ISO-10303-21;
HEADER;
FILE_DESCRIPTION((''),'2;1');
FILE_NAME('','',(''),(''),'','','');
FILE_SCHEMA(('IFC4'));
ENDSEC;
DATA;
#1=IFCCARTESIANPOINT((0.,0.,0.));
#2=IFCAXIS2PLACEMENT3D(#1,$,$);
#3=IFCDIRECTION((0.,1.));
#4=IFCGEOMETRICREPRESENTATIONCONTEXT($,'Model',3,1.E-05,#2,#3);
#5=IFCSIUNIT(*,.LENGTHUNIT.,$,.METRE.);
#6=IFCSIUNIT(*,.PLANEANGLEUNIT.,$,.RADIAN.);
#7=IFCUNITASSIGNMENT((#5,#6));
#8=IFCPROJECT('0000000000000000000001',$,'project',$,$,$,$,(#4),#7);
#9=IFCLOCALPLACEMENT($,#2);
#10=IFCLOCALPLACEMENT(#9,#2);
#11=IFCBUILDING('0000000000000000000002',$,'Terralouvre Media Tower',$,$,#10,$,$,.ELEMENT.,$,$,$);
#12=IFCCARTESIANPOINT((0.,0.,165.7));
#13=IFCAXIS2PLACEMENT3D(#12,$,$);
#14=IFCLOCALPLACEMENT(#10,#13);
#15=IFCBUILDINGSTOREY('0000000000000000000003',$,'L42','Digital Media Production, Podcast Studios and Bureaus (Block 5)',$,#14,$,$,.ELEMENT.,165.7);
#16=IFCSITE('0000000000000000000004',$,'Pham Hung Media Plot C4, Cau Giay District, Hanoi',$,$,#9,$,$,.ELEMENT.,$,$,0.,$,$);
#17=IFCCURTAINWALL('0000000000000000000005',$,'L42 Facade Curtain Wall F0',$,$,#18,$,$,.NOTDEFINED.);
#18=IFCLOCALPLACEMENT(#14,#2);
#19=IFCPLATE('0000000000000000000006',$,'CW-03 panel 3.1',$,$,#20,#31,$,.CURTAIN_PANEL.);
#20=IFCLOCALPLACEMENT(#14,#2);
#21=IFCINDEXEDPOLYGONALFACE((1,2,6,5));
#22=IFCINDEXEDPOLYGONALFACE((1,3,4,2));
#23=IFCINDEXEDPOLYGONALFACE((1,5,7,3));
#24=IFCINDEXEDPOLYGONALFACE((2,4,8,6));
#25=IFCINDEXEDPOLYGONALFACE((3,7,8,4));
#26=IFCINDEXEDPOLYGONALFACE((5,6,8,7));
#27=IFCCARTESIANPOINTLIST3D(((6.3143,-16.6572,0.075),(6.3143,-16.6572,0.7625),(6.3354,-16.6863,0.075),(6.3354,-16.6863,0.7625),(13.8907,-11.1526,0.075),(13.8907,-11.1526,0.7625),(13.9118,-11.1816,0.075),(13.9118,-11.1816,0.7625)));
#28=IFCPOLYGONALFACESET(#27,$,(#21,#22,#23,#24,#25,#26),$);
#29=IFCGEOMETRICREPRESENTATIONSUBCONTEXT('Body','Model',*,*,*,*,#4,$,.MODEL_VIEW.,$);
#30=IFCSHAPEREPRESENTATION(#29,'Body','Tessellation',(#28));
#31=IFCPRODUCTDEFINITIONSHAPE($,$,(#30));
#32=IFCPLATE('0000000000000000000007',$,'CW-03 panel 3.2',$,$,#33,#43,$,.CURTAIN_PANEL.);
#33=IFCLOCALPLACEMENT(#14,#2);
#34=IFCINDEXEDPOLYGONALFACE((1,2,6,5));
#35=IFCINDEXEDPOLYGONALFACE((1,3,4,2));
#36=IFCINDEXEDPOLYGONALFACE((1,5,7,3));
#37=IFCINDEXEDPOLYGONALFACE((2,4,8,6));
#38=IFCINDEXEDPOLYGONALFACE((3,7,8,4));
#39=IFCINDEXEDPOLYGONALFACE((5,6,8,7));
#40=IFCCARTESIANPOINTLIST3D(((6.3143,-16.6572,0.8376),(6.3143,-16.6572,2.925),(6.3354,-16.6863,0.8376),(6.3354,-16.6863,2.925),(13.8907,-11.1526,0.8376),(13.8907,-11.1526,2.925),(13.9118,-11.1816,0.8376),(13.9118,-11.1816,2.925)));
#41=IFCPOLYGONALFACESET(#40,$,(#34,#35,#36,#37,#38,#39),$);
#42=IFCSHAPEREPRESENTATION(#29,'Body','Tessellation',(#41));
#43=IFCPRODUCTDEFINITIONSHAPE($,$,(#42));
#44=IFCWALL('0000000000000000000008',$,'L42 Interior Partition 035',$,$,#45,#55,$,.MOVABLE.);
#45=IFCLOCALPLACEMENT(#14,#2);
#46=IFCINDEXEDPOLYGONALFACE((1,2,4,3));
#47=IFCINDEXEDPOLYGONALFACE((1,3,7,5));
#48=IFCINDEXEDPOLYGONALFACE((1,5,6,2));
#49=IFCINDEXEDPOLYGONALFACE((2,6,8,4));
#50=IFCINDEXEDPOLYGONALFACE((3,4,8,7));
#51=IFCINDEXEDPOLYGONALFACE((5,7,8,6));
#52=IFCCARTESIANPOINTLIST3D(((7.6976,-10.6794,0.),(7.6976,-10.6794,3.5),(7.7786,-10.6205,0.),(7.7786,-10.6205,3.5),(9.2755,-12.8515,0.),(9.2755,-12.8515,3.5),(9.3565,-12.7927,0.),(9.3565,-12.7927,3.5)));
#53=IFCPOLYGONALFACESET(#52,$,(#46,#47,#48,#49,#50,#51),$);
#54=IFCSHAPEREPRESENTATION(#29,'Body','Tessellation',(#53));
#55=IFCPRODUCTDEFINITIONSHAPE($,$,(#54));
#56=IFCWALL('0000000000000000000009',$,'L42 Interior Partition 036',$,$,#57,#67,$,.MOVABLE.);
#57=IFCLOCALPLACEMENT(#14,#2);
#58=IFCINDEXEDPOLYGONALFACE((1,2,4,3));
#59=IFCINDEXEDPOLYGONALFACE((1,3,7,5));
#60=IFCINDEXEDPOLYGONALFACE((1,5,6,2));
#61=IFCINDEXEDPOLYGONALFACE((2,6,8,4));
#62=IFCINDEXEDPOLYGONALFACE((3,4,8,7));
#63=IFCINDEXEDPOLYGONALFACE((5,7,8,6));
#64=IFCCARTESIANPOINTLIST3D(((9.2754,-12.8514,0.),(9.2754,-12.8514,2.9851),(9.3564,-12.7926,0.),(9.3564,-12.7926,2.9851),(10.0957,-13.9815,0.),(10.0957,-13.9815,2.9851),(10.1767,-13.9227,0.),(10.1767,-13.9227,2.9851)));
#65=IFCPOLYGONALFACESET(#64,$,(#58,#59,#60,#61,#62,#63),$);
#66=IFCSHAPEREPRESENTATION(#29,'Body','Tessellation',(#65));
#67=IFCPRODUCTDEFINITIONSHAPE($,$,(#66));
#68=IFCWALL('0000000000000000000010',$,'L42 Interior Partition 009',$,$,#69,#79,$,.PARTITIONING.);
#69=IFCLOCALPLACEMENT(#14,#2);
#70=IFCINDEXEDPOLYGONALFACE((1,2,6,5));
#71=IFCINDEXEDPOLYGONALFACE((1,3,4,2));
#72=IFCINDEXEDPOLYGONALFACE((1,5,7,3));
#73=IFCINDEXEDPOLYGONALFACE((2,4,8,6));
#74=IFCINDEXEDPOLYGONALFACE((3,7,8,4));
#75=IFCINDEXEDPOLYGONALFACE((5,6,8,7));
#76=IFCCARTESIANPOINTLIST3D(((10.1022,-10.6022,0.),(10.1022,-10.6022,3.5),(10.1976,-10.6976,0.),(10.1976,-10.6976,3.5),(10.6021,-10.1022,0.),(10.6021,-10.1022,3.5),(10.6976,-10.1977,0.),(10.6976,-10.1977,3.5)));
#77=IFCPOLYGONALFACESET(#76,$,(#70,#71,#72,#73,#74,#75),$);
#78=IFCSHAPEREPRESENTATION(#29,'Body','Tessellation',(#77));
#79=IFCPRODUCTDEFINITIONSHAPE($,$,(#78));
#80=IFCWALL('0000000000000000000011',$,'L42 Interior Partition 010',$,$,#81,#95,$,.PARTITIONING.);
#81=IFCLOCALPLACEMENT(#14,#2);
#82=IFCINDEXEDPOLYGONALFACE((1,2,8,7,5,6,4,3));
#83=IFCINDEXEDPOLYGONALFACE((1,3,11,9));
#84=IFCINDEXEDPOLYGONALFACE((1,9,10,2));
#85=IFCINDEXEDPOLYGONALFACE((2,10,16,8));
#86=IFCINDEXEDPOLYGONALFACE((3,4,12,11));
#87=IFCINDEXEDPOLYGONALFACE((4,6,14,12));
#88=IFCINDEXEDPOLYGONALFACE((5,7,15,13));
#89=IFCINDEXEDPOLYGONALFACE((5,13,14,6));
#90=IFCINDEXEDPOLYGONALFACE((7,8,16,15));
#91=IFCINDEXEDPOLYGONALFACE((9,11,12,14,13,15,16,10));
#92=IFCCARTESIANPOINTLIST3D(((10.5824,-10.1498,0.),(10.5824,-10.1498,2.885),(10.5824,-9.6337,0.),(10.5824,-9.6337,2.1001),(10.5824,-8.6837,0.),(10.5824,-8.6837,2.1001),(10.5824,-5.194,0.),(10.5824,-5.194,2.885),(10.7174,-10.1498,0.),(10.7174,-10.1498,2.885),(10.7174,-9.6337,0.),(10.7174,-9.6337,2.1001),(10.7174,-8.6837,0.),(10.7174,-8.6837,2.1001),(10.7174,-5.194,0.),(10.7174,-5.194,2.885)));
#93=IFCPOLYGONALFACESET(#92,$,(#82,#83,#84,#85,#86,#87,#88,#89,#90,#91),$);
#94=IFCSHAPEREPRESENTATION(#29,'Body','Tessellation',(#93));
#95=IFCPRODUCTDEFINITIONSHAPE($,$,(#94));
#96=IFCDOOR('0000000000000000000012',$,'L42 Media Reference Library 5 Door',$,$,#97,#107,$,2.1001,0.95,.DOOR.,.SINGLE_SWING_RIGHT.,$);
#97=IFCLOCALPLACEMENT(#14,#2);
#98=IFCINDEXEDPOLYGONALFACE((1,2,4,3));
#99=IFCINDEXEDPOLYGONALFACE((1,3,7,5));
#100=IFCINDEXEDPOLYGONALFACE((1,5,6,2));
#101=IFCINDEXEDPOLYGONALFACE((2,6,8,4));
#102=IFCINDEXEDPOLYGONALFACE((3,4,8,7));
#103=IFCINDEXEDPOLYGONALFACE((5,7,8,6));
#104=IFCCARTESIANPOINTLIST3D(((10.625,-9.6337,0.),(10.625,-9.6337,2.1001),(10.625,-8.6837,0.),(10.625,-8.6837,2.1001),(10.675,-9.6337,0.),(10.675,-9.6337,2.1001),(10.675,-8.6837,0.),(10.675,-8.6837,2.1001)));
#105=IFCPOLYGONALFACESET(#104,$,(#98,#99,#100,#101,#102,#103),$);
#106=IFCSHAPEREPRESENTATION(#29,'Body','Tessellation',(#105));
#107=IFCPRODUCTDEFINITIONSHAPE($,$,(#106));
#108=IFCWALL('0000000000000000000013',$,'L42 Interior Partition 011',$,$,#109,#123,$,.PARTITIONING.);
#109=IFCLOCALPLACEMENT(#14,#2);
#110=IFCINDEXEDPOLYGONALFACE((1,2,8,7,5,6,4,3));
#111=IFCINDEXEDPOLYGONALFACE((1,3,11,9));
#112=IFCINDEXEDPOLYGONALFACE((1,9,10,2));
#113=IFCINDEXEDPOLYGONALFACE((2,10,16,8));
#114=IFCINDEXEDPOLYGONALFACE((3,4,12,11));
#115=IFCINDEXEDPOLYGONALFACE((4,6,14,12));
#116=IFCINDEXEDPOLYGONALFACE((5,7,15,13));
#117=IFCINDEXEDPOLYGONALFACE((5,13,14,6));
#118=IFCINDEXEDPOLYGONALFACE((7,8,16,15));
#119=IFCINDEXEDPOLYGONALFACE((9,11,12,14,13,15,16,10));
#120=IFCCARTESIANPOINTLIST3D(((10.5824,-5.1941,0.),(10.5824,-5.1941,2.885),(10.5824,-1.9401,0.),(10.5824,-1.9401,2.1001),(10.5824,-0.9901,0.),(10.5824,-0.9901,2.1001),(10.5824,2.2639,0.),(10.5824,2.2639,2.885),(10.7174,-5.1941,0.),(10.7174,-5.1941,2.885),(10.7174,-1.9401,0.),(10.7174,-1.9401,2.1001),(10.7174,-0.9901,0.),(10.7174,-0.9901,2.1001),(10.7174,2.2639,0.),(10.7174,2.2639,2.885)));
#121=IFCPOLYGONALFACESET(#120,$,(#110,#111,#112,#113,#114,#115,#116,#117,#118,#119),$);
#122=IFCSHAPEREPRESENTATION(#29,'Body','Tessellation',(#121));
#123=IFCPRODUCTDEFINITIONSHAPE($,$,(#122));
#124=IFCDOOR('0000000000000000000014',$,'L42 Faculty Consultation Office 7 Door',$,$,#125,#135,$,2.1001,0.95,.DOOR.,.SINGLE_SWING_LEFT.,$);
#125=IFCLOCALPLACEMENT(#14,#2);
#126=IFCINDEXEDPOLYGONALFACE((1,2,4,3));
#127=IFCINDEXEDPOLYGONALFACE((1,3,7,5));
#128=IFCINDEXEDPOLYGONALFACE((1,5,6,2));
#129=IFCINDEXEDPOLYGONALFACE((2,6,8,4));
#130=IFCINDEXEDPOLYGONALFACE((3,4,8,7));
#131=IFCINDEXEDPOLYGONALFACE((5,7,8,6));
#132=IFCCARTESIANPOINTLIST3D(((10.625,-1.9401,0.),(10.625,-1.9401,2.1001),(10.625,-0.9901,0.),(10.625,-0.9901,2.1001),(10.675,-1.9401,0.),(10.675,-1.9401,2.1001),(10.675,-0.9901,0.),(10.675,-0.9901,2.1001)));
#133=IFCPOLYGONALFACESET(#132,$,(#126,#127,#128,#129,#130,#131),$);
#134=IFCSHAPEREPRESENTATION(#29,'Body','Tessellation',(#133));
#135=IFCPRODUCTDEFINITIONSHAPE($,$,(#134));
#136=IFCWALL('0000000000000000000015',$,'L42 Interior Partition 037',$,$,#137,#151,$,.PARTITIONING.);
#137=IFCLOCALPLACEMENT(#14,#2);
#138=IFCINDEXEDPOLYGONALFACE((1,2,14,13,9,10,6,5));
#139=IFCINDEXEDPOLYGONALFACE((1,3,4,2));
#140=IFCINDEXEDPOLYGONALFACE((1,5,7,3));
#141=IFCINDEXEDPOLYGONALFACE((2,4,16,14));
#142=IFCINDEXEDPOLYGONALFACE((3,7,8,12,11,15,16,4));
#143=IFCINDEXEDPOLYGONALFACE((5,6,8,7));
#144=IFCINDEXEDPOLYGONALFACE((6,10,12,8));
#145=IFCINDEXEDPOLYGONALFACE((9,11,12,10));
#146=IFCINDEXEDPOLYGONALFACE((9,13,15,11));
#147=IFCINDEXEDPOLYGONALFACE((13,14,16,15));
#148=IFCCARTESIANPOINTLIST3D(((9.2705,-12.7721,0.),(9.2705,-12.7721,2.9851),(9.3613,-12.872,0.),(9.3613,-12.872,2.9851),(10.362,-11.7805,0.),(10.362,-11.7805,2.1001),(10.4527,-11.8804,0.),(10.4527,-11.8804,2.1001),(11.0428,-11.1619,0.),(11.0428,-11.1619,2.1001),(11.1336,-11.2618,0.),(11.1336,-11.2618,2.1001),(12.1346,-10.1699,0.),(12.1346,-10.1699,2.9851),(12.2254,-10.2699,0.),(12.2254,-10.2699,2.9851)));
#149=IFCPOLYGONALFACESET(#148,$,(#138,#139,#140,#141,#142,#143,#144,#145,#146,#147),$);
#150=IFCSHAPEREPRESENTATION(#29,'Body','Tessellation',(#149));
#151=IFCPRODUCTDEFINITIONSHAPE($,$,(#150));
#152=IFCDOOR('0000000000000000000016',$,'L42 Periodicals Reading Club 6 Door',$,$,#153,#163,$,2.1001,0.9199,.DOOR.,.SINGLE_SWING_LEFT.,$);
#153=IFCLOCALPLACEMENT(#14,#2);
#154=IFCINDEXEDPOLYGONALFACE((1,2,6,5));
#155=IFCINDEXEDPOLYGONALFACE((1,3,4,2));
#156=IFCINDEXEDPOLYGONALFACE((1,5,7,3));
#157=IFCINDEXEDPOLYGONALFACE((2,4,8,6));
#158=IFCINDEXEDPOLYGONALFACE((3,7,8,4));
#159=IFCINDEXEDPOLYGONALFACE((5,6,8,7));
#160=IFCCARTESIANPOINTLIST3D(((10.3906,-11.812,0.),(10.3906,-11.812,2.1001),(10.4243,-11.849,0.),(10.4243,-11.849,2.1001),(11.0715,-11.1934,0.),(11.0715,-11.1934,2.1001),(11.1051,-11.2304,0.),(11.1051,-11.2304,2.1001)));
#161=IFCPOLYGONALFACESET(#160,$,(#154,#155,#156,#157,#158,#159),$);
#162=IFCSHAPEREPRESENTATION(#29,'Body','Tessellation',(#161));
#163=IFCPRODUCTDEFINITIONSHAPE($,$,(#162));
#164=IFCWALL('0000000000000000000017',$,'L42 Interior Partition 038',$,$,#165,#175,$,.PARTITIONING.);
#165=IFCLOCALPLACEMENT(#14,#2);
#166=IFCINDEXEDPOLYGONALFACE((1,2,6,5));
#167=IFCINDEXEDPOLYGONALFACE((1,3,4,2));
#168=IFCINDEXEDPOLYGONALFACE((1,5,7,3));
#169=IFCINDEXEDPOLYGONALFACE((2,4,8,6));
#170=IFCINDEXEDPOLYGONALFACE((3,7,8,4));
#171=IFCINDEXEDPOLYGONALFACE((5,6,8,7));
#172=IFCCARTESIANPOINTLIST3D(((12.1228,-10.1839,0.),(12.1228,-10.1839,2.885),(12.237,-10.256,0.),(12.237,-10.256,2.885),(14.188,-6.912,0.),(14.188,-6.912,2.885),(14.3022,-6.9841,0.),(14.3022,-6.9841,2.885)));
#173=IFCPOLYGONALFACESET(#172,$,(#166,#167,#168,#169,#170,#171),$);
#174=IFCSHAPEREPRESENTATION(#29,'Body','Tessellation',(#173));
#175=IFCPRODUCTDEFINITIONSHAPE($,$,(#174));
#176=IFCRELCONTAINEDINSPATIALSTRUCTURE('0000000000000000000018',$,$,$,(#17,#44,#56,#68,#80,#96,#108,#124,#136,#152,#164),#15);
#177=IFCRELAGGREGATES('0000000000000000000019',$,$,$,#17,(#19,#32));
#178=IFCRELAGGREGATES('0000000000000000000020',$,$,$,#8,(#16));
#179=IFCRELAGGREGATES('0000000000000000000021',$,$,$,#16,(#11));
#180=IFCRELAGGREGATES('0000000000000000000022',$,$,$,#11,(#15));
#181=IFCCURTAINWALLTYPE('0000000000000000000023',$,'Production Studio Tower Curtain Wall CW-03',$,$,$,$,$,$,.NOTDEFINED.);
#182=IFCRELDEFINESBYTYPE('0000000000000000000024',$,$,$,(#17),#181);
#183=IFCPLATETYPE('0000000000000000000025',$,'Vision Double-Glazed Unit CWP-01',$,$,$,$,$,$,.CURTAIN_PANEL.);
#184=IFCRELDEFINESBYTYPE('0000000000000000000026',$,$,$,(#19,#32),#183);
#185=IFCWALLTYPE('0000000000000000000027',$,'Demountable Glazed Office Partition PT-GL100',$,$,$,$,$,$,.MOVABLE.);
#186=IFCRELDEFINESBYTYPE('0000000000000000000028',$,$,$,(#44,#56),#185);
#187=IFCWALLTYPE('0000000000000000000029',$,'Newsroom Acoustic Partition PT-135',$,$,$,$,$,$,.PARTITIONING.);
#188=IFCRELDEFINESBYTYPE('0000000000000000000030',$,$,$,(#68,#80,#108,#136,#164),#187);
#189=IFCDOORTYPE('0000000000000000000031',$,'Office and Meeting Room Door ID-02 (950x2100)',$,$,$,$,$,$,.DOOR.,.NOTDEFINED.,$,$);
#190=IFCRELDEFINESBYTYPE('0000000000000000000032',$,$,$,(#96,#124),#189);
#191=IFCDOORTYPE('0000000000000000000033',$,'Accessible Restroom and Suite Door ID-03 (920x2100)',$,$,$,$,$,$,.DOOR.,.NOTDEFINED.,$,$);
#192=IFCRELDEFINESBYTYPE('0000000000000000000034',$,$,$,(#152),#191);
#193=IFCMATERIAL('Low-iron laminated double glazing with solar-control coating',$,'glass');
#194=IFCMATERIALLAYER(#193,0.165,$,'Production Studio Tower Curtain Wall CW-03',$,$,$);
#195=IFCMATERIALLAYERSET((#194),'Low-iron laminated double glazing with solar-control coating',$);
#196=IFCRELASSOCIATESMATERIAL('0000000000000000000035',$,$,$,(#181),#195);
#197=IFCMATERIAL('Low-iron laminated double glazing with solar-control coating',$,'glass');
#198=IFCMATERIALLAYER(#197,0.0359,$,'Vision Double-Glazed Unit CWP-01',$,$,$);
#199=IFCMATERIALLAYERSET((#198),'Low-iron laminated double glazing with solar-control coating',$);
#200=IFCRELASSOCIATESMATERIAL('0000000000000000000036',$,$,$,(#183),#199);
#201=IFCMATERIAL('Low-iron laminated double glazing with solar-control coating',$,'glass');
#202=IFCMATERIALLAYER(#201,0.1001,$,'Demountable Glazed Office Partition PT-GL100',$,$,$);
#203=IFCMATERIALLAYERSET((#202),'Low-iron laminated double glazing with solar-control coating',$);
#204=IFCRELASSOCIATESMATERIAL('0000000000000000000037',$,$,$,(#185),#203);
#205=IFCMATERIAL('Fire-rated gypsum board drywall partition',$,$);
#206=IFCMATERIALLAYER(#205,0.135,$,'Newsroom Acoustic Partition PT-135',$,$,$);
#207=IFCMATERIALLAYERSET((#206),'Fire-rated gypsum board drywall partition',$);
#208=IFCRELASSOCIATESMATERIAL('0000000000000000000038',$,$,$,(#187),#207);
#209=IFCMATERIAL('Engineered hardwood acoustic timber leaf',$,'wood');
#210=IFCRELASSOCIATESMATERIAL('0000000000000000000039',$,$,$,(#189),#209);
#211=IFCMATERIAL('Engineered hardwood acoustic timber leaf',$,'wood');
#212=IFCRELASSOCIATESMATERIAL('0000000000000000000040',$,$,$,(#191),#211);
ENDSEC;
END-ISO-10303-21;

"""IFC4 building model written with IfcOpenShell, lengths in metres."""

from ifc_helpers import new_model, si_unit, direction, frame, frame_2d, origin, origin_2d, place, context, subcontext, project, spatial, rectangle, extrude, material, layer, layer_set, type_object, element, fill, aggregate, save


model = new_model("IFC4")

# Units and contexts
model_context = context("Model", 3, precision=1e-05, world=origin(), true_north=direction((0.0, 1.0)))
body_context = subcontext(model_context, "Body", "Model", "MODEL_VIEW")
ifc_project = project(units=[si_unit("LENGTHUNIT", "METRE"), si_unit("PLANEANGLEUNIT", "RADIAN")], contexts=[model_context])

# Site, building, storey
site_placement = place(None, origin())
site = spatial("IfcSite", under=ifc_project, at=site_placement, Name="Pham Hung Media Plot C4, Cau Giay District, Hanoi", CompositionType="ELEMENT", RefElevation=0.0)
building_placement = place(site_placement, origin())
building = spatial("IfcBuilding", under=site, at=building_placement, Name="Terralouvre Media Tower", CompositionType="ELEMENT")
storey_placement = place(building_placement, frame((0.0, 0.0, 165.7)))
storey = spatial("IfcBuildingStorey", under=building, at=storey_placement, Name="L42", Description="Digital Media Production, Podcast Studios and Bureaus (Block 5)", CompositionType="ELEMENT", Elevation=165.7)

# Curtain wall
ifc_material_1 = material(Name="Low-iron laminated double glazing with solar-control coating", Category="glass")
ifc_layer_1 = layer(ifc_material_1, 0.165, Name="Production Studio Tower Curtain Wall CW-03")
ifc_layer_set_1 = layer_set([ifc_layer_1], Name="Low-iron laminated double glazing with solar-control coating")
curtain_wall_type = type_object("IfcCurtainWallType", Name="Production Studio Tower Curtain Wall CW-03", PredefinedType="NOTDEFINED", material=ifc_layer_set_1)
curtain_wall_placement = place(storey_placement, origin())
curtain_wall = element("IfcCurtainWall", 1, at=curtain_wall_placement, inside=storey, type_object=curtain_wall_type, Name="L42 Facade Curtain Wall F0", PredefinedType="NOTDEFINED")

# Plates
ifc_material_2 = material(Name="Low-iron laminated double glazing with solar-control coating", Category="glass")
ifc_layer_2 = layer(ifc_material_2, 0.0359, Name="Vision Double-Glazed Unit CWP-01")
ifc_layer_set_2 = layer_set([ifc_layer_2], Name="Low-iron laminated double glazing with solar-control coating")
plate_type = type_object("IfcPlateType", Name="Vision Double-Glazed Unit CWP-01", PredefinedType="CURTAIN_PANEL", material=ifc_layer_set_2)
plate_1_placement = place(storey_placement, frame((10.113, -13.9194, 0.075), z_axis=(0.0, 0.0, 1.0), x_axis=(0.809017, 0.587785, 0.0)))
plate_1 = element("IfcPlate", 2, at=plate_1_placement, type_object=plate_type, Name="CW-03 panel 3.1", PredefinedType="CURTAIN_PANEL", context=body_context, shape_type="SweptSolid", body=[
    extrude(rectangle(XDim=9.365, YDim=0.0359, at=origin_2d()), origin(), (0.0, 0.0, 1.0), 0.6875),
])
plate_2_placement = place(storey_placement, frame((10.113, -13.9194, 0.8376), z_axis=(0.0, 0.0, 1.0), x_axis=(0.809017, 0.587785, 0.0)))
plate_2 = element("IfcPlate", 3, at=plate_2_placement, type_object=plate_type, Name="CW-03 panel 3.2", PredefinedType="CURTAIN_PANEL", context=body_context, shape_type="SweptSolid", body=[
    extrude(rectangle(XDim=9.365, YDim=0.0359, at=origin_2d()), origin(), (0.0, 0.0, 1.0), 2.0874),
])
aggregate(curtain_wall, [plate_1, plate_2])

# Walls
ifc_material_3 = material(Name="Low-iron laminated double glazing with solar-control coating", Category="glass")
ifc_layer_3 = layer(ifc_material_3, 0.1001, Name="Demountable Glazed Office Partition PT-GL100")
ifc_layer_set_3 = layer_set([ifc_layer_3], Name="Low-iron laminated double glazing with solar-control coating")
wall_type_1 = type_object("IfcWallType", Name="Demountable Glazed Office Partition PT-GL100", PredefinedType="MOVABLE", material=ifc_layer_set_3)
wall_1_placement = place(storey_placement, frame((9.3159, -12.822, 0.0), z_axis=(0.0, 0.0, 1.0), x_axis=(-0.587723, 0.809062, 0.0)))
element("IfcWall", 4, at=wall_1_placement, inside=storey, type_object=wall_type_1, Name="L42 Interior Partition 035", PredefinedType="MOVABLE", context=body_context, shape_type="SweptSolid", body=[
    extrude(rectangle(XDim=2.6848, YDim=0.1001, at=frame_2d((1.3423, 0.0))), origin(), (0.0, 0.0, 1.0), 3.5),
])
wall_2_placement = place(storey_placement, frame((10.1362, -13.9521, 0.0), z_axis=(0.0, 0.0, 1.0), x_axis=(-0.587423, 0.80928, 0.0)))
element("IfcWall", 5, at=wall_2_placement, inside=storey, type_object=wall_type_1, Name="L42 Interior Partition 036", PredefinedType="MOVABLE", context=body_context, shape_type="SweptSolid", body=[
    extrude(rectangle(XDim=1.3965, YDim=0.1001, at=frame_2d((0.6982, 0.0))), origin(), (0.0, 0.0, 1.0), 2.9851),
])
ifc_material_4 = material(Name="Fire-rated gypsum board drywall partition")
ifc_layer_4 = layer(ifc_material_4, 0.135, Name="Newsroom Acoustic Partition PT-135")
ifc_layer_set_4 = layer_set([ifc_layer_4], Name="Fire-rated gypsum board drywall partition")
wall_type_2 = type_object("IfcWallType", Name="Newsroom Acoustic Partition PT-135", PredefinedType="PARTITIONING", material=ifc_layer_set_4)
wall_3_placement = place(storey_placement, frame((10.1499, -10.6499, 0.0), z_axis=(0.0, 0.0, 1.0), x_axis=(0.707107, 0.707107, 0.0)))
element("IfcWall", 6, at=wall_3_placement, inside=storey, type_object=wall_type_2, Name="L42 Interior Partition 009", PredefinedType="PARTITIONING", context=body_context, shape_type="SweptSolid", body=[
    extrude(rectangle(XDim=0.707, YDim=0.135, at=frame_2d((0.3535, 0.0))), origin(), (0.0, 0.0, 1.0), 3.5),
])

# Walls, openings, doors
wall_4_placement = place(storey_placement, frame((10.6499, -10.1499, 0.0), z_axis=(0.0, 0.0, 1.0), x_axis=(0.0, 1.0, 0.0)))
wall_4 = element("IfcWall", 7, at=wall_4_placement, inside=storey, type_object=wall_type_2, Name="L42 Interior Partition 010", PredefinedType="PARTITIONING", context=body_context, shape_type="SweptSolid", body=[
    extrude(rectangle(XDim=4.9558, YDim=0.135, at=frame_2d((2.478, 0.0))), origin(), (0.0, 0.0, 1.0), 2.885),
])
opening_1_placement = place(wall_4_placement, frame((0.5161, 0.0, 0.0)))
opening_1 = element("IfcOpeningElement", 8, at=opening_1_placement, cuts=wall_4, PredefinedType="OPENING", context=body_context, shape_type="SweptSolid", body=[
    extrude(rectangle(XDim=0.95, YDim=2.1001, at=frame_2d((0.4751, 1.05))), frame((0.0, 0.0774, 0.0), z_axis=(0.0, -1.0, 0.0), x_axis=(1.0, 0.0, 0.0)), (0.0, 0.0, 1.0), 0.155),
])
ifc_material_5 = material(Name="Engineered hardwood acoustic timber leaf", Category="wood")
door_type_1 = type_object("IfcDoorType", Name="Office and Meeting Room Door ID-02 (950x2100)", OperationType="NOTDEFINED", PredefinedType="DOOR", material=ifc_material_5)
door_1_placement = place(opening_1_placement, origin())
door_1 = element("IfcDoor", 9, at=door_1_placement, inside=storey, type_object=door_type_1, Name="L42 Media Reference Library 5 Door", OperationType="SINGLE_SWING_RIGHT", OverallHeight=2.1001, OverallWidth=0.95, PredefinedType="DOOR", context=body_context, shape_type="SweptSolid", body=[
    extrude(rectangle(XDim=0.95, YDim=2.1001, at=frame_2d((0.4751, 1.05))), frame((0.0, 0.0249, 0.0), z_axis=(0.0, -1.0, 0.0), x_axis=(1.0, 0.0, 0.0)), (0.0, 0.0, 1.0), 0.05),
])
fill(opening_1, door_1)
wall_5_placement = place(storey_placement, frame((10.6499, -5.1941, 0.0), z_axis=(0.0, 0.0, 1.0), x_axis=(0.0, 1.0, 0.0)))
wall_5 = element("IfcWall", 10, at=wall_5_placement, inside=storey, type_object=wall_type_2, Name="L42 Interior Partition 011", PredefinedType="PARTITIONING", context=body_context, shape_type="SweptSolid", body=[
    extrude(rectangle(XDim=7.458, YDim=0.135, at=frame_2d((3.729, 0.0))), origin(), (0.0, 0.0, 1.0), 2.885),
])
opening_2_placement = place(wall_5_placement, frame((3.2539, 0.0, 0.0)))
opening_2 = element("IfcOpeningElement", 11, at=opening_2_placement, cuts=wall_5, PredefinedType="OPENING", context=body_context, shape_type="SweptSolid", body=[
    extrude(rectangle(XDim=0.95, YDim=2.1001, at=frame_2d((0.4751, 1.05))), frame((0.0, 0.0774, 0.0), z_axis=(0.0, -1.0, 0.0), x_axis=(1.0, 0.0, 0.0)), (0.0, 0.0, 1.0), 0.155),
])
door_2_placement = place(opening_2_placement, origin())
door_2 = element("IfcDoor", 12, at=door_2_placement, inside=storey, type_object=door_type_1, Name="L42 Faculty Consultation Office 7 Door", OperationType="SINGLE_SWING_LEFT", OverallHeight=2.1001, OverallWidth=0.95, PredefinedType="DOOR", context=body_context, shape_type="SweptSolid", body=[
    extrude(rectangle(XDim=0.95, YDim=2.1001, at=frame_2d((0.4751, 1.05))), frame((0.0, 0.0249, 0.0), z_axis=(0.0, -1.0, 0.0), x_axis=(1.0, 0.0, 0.0)), (0.0, 0.0, 1.0), 0.05),
])
fill(opening_2, door_2)
wall_6_placement = place(storey_placement, frame((9.3159, -12.822, 0.0), z_axis=(0.0, 0.0, 1.0), x_axis=(0.740146, 0.672447, 0.0)))
wall_6 = element("IfcWall", 13, at=wall_6_placement, inside=storey, type_object=wall_type_2, Name="L42 Interior Partition 037", PredefinedType="PARTITIONING", context=body_context, shape_type="SweptSolid", body=[
    extrude(rectangle(XDim=3.8696, YDim=0.135, at=frame_2d((1.9348, 0.0))), origin(), (0.0, 0.0, 1.0), 2.9851),
])
opening_3_placement = place(wall_6_placement, frame((1.4746, 0.0, 0.0)))
opening_3 = element("IfcOpeningElement", 14, at=opening_3_placement, cuts=wall_6, PredefinedType="OPENING", context=body_context, shape_type="SweptSolid", body=[
    extrude(rectangle(XDim=0.9199, YDim=2.1001, at=frame_2d((0.46, 1.05))), frame((0.0, 0.0774, 0.0), z_axis=(0.0, -1.0, 0.0), x_axis=(1.0, 0.0, 0.0)), (0.0, 0.0, 1.0), 0.155),
])
ifc_material_6 = material(Name="Engineered hardwood acoustic timber leaf", Category="wood")
door_type_2 = type_object("IfcDoorType", Name="Accessible Restroom and Suite Door ID-03 (920x2100)", OperationType="NOTDEFINED", PredefinedType="DOOR", material=ifc_material_6)
door_3_placement = place(opening_3_placement, origin())
door_3 = element("IfcDoor", 15, at=door_3_placement, inside=storey, type_object=door_type_2, Name="L42 Periodicals Reading Club 6 Door", OperationType="SINGLE_SWING_LEFT", OverallHeight=2.1001, OverallWidth=0.9199, PredefinedType="DOOR", context=body_context, shape_type="SweptSolid", body=[
    extrude(rectangle(XDim=0.9199, YDim=2.1001, at=frame_2d((0.46, 1.05))), frame((0.0, 0.0249, 0.0), z_axis=(0.0, -1.0, 0.0), x_axis=(1.0, 0.0, 0.0)), (0.0, 0.0, 1.0), 0.05),
])
fill(opening_3, door_3)

# Wall
wall_7_placement = place(storey_placement, frame((12.1799, -10.22, 0.0), z_axis=(0.0, 0.0, 1.0), x_axis=(0.533748, 0.845643, 0.0)))
element("IfcWall", 16, at=wall_7_placement, inside=storey, type_object=wall_type_2, Name="L42 Interior Partition 038", PredefinedType="PARTITIONING", context=body_context, shape_type="SweptSolid", body=[
    extrude(rectangle(XDim=3.8691, YDim=0.135, at=frame_2d((1.9346, 0.0))), origin(), (0.0, 0.0, 1.0), 2.885),
])

save(model, "model.ifc")
